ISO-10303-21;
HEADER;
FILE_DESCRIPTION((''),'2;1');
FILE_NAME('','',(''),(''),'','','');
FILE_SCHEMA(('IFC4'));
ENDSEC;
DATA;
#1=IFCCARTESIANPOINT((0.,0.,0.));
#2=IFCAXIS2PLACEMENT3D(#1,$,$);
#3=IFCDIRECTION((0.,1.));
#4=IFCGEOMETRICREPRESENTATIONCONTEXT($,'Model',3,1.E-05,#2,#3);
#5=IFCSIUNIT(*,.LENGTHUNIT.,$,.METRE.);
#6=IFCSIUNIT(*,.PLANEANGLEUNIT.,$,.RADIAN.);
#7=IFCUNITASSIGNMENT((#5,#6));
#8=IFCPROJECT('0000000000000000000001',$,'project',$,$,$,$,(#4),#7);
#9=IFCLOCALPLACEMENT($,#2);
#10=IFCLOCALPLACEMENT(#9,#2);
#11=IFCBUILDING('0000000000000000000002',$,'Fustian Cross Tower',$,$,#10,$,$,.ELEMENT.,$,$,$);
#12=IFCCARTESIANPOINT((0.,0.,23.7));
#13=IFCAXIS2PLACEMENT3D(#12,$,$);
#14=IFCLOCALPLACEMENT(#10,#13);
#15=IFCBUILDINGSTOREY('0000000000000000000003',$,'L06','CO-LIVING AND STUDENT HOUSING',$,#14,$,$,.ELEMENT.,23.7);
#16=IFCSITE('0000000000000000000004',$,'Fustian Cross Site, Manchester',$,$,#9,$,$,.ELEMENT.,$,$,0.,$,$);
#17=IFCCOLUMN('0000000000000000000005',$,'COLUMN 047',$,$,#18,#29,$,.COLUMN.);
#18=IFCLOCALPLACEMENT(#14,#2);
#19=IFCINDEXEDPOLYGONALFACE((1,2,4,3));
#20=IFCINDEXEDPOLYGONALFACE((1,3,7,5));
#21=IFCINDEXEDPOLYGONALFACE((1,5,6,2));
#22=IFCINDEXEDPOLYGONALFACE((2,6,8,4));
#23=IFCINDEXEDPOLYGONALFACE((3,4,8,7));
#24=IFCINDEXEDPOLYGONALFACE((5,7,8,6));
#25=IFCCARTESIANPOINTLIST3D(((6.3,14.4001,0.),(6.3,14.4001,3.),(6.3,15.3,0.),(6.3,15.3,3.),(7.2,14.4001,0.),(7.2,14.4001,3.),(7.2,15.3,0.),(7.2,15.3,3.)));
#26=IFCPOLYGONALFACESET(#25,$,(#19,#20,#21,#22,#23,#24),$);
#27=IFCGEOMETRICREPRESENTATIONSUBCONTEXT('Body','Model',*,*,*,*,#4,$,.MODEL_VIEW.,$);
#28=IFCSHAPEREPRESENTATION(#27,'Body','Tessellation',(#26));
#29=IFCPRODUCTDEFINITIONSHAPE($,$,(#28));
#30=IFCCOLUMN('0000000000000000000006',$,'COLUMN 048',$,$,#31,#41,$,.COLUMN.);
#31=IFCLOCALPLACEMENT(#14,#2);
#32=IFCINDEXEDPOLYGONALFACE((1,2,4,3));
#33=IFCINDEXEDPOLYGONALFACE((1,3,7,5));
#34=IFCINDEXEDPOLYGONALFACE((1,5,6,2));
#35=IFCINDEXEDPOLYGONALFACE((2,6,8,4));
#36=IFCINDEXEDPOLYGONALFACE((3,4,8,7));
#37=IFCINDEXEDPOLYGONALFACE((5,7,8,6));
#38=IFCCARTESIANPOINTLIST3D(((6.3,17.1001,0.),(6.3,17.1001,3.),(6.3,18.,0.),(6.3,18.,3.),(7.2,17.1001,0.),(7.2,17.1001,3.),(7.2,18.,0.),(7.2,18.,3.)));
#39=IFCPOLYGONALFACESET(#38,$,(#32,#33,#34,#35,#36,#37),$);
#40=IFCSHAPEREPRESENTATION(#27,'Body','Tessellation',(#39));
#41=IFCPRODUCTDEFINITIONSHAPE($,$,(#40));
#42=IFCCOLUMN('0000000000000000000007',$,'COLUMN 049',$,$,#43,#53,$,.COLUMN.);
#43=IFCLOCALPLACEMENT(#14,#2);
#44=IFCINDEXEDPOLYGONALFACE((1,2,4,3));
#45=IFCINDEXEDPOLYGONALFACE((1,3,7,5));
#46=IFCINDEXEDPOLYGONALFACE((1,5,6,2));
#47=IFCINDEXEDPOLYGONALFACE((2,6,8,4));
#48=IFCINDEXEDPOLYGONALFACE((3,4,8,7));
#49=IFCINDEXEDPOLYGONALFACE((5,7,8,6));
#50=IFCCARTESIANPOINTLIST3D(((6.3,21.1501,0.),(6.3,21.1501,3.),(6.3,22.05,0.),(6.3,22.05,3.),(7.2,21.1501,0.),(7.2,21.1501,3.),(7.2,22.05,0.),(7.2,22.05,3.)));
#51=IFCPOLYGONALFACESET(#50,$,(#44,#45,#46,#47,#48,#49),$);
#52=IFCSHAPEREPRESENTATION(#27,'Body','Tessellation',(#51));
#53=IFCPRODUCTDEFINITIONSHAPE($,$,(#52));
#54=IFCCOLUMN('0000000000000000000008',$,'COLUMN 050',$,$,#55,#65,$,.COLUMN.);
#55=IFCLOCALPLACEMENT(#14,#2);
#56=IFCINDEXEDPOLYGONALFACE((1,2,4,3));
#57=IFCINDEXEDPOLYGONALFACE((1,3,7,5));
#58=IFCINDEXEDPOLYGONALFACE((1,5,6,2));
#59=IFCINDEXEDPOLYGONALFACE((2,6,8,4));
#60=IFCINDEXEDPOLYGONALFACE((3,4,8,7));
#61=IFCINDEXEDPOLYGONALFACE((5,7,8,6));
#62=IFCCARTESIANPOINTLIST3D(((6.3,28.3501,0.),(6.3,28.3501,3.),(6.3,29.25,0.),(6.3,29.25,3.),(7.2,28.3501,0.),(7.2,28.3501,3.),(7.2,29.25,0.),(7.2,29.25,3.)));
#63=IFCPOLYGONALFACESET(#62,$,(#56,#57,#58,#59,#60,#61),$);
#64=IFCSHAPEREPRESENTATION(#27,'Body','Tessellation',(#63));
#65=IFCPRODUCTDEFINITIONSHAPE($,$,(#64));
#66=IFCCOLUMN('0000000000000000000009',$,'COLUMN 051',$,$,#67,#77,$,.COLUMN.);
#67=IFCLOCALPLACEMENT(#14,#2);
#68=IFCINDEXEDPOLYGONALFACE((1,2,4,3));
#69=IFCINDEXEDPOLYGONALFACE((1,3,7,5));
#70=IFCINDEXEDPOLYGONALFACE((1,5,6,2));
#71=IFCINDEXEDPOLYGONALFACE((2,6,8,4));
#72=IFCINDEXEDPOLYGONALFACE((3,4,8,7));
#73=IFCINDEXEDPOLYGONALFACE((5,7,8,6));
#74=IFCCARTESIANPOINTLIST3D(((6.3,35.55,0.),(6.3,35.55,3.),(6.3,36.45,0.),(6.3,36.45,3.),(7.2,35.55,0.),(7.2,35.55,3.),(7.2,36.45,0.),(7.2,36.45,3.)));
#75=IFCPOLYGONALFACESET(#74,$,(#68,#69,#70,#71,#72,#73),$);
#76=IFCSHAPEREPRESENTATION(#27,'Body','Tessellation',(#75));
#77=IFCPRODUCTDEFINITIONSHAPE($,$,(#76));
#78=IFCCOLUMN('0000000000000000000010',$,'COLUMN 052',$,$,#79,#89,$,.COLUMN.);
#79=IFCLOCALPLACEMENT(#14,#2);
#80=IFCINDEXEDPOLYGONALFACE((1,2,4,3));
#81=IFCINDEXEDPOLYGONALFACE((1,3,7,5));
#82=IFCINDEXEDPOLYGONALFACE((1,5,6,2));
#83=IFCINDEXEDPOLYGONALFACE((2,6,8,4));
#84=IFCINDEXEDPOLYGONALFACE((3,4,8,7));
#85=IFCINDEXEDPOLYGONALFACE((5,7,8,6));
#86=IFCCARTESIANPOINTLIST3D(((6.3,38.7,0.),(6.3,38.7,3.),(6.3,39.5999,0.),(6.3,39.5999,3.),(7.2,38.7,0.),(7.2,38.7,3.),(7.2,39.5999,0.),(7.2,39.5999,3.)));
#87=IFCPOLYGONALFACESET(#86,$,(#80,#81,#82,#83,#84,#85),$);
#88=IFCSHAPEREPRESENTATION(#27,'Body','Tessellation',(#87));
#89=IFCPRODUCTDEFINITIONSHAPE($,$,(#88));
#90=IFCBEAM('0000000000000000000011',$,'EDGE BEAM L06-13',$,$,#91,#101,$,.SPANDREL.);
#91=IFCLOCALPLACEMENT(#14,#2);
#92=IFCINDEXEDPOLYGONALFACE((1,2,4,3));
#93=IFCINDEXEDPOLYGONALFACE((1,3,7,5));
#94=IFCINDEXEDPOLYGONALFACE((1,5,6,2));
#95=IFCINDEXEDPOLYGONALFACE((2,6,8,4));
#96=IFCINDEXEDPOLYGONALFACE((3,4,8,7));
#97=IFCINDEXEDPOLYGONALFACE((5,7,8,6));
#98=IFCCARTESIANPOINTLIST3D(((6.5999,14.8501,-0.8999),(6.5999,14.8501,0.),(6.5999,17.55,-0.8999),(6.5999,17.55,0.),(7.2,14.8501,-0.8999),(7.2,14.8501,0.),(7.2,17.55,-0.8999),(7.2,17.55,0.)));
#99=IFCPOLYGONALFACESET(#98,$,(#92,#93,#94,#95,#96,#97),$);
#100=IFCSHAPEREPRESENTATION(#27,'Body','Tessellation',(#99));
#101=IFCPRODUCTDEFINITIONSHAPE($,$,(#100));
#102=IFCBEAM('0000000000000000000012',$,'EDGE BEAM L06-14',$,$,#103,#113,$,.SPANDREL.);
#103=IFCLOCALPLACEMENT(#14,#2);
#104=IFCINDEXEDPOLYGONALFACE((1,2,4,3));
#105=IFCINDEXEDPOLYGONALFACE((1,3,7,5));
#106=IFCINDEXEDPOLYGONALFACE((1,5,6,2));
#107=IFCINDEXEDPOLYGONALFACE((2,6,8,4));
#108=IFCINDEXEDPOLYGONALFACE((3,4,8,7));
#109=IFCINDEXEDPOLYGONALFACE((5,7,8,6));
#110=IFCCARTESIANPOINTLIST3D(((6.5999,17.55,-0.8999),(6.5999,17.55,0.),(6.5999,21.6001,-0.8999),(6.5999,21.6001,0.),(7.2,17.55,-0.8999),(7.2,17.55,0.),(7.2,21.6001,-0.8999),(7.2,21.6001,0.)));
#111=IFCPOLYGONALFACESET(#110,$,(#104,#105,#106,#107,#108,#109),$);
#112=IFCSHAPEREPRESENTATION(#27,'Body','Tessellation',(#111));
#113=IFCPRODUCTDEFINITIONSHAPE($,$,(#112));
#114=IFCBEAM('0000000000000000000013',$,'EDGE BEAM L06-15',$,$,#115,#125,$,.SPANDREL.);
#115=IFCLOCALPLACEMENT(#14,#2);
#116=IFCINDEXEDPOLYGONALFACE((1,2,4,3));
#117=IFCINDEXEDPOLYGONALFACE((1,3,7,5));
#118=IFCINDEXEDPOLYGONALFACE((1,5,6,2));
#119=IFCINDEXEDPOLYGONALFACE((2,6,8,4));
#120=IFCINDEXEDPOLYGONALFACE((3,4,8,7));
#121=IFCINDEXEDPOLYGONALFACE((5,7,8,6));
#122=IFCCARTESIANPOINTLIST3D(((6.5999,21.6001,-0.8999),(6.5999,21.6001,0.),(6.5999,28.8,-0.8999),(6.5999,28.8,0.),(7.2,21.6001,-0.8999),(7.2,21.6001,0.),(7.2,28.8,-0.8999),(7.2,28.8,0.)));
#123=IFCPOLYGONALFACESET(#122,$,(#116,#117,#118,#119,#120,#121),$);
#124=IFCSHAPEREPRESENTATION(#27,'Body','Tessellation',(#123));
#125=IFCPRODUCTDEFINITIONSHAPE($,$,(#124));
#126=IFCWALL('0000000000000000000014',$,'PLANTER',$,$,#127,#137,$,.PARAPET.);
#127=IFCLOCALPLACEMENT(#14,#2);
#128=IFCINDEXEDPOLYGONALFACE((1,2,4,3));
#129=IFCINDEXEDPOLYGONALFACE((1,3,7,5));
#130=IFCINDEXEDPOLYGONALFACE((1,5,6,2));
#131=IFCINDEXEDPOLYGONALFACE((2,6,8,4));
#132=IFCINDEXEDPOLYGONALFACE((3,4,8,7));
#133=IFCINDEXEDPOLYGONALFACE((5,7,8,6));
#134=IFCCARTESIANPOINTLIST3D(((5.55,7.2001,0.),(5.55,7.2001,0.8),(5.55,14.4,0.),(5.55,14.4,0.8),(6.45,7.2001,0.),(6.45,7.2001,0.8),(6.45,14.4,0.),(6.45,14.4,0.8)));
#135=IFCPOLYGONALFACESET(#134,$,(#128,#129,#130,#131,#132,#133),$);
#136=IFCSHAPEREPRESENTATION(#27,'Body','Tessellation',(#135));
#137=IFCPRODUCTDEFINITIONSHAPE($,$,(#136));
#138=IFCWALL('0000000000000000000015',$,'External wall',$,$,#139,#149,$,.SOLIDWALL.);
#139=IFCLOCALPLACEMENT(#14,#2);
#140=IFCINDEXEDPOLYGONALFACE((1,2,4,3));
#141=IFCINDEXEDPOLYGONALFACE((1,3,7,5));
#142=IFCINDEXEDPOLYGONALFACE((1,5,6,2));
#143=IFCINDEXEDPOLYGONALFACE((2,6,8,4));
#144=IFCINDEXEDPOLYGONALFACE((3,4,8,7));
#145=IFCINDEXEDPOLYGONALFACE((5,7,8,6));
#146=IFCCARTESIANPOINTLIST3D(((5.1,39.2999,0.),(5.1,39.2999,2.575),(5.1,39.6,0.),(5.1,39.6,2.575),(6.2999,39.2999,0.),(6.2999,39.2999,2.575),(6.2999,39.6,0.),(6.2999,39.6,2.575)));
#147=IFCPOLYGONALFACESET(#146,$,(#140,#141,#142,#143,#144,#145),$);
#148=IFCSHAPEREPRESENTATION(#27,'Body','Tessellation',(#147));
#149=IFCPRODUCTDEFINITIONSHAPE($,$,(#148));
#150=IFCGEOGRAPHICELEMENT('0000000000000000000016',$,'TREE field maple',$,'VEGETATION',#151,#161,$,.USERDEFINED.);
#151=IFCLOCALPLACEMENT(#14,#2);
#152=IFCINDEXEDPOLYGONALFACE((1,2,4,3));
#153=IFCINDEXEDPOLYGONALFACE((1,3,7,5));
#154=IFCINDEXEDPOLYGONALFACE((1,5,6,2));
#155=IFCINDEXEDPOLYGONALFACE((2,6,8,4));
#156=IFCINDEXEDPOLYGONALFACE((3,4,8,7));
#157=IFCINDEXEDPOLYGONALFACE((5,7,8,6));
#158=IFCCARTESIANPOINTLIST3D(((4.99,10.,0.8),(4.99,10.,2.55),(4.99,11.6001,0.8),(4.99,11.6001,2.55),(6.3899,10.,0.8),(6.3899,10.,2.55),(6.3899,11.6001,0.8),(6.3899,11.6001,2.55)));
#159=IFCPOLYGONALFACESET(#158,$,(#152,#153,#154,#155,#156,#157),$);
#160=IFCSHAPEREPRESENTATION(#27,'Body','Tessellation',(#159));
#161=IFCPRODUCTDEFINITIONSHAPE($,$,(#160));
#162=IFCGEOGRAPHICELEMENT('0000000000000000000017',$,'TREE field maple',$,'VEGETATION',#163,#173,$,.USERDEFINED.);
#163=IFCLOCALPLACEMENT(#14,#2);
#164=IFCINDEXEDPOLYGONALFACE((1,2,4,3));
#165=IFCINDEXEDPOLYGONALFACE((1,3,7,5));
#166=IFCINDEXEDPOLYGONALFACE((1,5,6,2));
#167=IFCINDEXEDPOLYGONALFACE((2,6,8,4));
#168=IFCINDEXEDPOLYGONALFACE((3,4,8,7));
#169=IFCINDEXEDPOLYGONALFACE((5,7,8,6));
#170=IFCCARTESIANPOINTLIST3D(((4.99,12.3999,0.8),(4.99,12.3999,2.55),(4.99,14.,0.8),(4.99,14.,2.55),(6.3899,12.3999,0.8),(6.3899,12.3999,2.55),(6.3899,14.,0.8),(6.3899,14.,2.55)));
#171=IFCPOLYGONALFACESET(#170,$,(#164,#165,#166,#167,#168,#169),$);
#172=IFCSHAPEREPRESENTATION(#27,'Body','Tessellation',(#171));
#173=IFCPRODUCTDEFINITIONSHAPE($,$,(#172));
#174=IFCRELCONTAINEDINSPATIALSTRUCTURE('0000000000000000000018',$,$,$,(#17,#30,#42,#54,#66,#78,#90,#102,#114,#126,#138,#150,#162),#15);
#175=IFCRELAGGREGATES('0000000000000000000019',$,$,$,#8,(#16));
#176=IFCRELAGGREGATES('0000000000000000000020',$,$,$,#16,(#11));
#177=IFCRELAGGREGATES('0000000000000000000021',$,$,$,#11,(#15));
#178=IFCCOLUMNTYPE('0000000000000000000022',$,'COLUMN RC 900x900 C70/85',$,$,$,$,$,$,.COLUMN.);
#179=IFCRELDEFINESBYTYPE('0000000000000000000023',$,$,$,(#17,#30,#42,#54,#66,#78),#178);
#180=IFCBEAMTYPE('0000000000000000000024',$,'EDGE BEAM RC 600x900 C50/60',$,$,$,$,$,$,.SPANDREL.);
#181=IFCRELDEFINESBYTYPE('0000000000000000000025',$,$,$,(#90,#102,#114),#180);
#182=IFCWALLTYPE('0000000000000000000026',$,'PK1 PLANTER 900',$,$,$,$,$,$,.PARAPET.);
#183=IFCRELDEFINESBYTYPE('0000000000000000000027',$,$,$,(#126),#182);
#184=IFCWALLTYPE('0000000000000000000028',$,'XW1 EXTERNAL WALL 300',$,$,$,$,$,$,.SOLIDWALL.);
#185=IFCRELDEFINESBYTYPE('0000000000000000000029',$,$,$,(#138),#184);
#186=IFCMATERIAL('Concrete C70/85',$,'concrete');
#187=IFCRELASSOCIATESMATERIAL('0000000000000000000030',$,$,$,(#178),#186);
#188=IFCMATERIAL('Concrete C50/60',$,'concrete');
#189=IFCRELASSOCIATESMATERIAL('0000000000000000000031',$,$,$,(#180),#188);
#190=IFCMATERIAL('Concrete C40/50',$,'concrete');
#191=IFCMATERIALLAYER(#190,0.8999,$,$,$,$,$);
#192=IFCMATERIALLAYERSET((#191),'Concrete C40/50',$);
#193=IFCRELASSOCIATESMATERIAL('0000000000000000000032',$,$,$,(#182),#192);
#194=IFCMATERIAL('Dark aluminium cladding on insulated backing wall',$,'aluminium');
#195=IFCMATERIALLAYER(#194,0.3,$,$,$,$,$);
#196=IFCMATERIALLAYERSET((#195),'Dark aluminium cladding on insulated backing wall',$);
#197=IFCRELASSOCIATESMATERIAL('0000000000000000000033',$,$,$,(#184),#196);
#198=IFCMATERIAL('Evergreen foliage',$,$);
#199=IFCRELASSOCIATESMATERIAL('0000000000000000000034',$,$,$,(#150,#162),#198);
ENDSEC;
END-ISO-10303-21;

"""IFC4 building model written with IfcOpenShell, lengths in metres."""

from ifc_helpers import new_model, si_unit, direction, frame, frame_2d, origin, origin_2d, place, context, subcontext, project, spatial, rectangle, extrude, material, layer, layer_set, material_profile, profile_set, type_object, element, save


model = new_model("IFC4")

# Units and contexts
model_context = context("Model", 3, precision=1e-05, world=origin(), true_north=direction((0.0, 1.0)))
body_context = subcontext(model_context, "Body", "Model", "MODEL_VIEW")
ifc_project = project(units=[si_unit("LENGTHUNIT", "METRE"), si_unit("PLANEANGLEUNIT", "RADIAN")], contexts=[model_context])

# Site, building, storey
site_placement = place(None, origin())
site = spatial("IfcSite", under=ifc_project, at=site_placement, Name="Fustian Cross Site, Manchester", CompositionType="ELEMENT", RefElevation=0.0)
building_placement = place(site_placement, origin())
building = spatial("IfcBuilding", under=site, at=building_placement, Name="Fustian Cross Tower", CompositionType="ELEMENT")
storey_placement = place(building_placement, frame((0.0, 0.0, 23.7)))
storey = spatial("IfcBuildingStorey", under=building, at=storey_placement, Name="L06", Description="CO-LIVING AND STUDENT HOUSING", CompositionType="ELEMENT", Elevation=23.7)

# Columns
ifc_material_1 = material(Name="Concrete C70/85", Category="concrete")
ifc_material_profile_1 = material_profile(ifc_material_1, rectangle(XDim=0.8999, YDim=0.8999, at=origin_2d()), Name="RC 900x900")
ifc_profile_set_1 = profile_set([ifc_material_profile_1], Name="Concrete C70/85")
column_type = type_object("IfcColumnType", Name="COLUMN RC 900x900 C70/85", PredefinedType="COLUMN", material=ifc_profile_set_1)
for number, where, z_axis, x_axis, name in (
    (1, (6.75, 14.8501, 0.0), (0.0, 0.0, 1.0), (1.0, 0.0, 0.0), "COLUMN 047"),
    (2, (6.75, 17.55, 0.0), (0.0, 0.0, 1.0), (1.0, 0.0, 0.0), "COLUMN 048"),
    (3, (6.75, 21.6001, 0.0), (0.0, 0.0, 1.0), (1.0, 0.0, 0.0), "COLUMN 049"),
    (4, (6.75, 28.8, 0.0), (0.0, 0.0, 1.0), (1.0, 0.0, 0.0), "COLUMN 050"),
    (5, (6.75, 36.0, 0.0), (0.0, 0.0, 1.0), (1.0, 0.0, 0.0), "COLUMN 051"),
    (6, (6.75, 39.1499, 0.0), (0.0, 0.0, 1.0), (1.0, 0.0, 0.0), "COLUMN 052"),
):
    element("IfcColumn", number, at=place(storey_placement, frame(where, z_axis=z_axis, x_axis=x_axis)), inside=storey, type_object=column_type, Name=name, PredefinedType="COLUMN", context=body_context, shape_type="SweptSolid", body=[
        extrude(rectangle(XDim=0.8999, YDim=0.8999, at=origin_2d()), origin(), (0.0, 0.0, 1.0), 3.0),
    ])

# Beams
ifc_material_2 = material(Name="Concrete C50/60", Category="concrete")
ifc_material_profile_2 = material_profile(ifc_material_2, rectangle(XDim=0.6001, YDim=0.8999, at=origin_2d()), Name="RC 600x900")
ifc_profile_set_2 = profile_set([ifc_material_profile_2], Name="Concrete C50/60")
beam_type = type_object("IfcBeamType", Name="EDGE BEAM RC 600x900 C50/60", PredefinedType="SPANDREL", material=ifc_profile_set_2)
beam_1_placement = place(storey_placement, frame((6.8999, 14.8501, -0.45), z_axis=(0.0, 1.0, 0.0), x_axis=(-1.0, 0.0, 0.0)))
element("IfcBeam", 7, at=beam_1_placement, inside=storey, type_object=beam_type, Name="EDGE BEAM L06-13", PredefinedType="SPANDREL", context=body_context, shape_type="SweptSolid", body=[
    extrude(rectangle(XDim=0.6001, YDim=0.8999, at=origin_2d()), origin(), (0.0, 0.0, 1.0), 2.7),
])
beam_2_placement = place(storey_placement, frame((6.8999, 17.55, -0.45), z_axis=(0.0, 1.0, 0.0), x_axis=(-1.0, 0.0, 0.0)))
element("IfcBeam", 8, at=beam_2_placement, inside=storey, type_object=beam_type, Name="EDGE BEAM L06-14", PredefinedType="SPANDREL", context=body_context, shape_type="SweptSolid", body=[
    extrude(rectangle(XDim=0.6001, YDim=0.8999, at=origin_2d()), origin(), (0.0, 0.0, 1.0), 4.05),
])
beam_3_placement = place(storey_placement, frame((6.8999, 21.6001, -0.45), z_axis=(0.0, 1.0, 0.0), x_axis=(-1.0, 0.0, 0.0)))
element("IfcBeam", 9, at=beam_3_placement, inside=storey, type_object=beam_type, Name="EDGE BEAM L06-15", PredefinedType="SPANDREL", context=body_context, shape_type="SweptSolid", body=[
    extrude(rectangle(XDim=0.6001, YDim=0.8999, at=origin_2d()), origin(), (0.0, 0.0, 1.0), 7.2),
])

# Walls
ifc_material_3 = material(Name="Concrete C40/50", Category="concrete")
ifc_layer_1 = layer(ifc_material_3, 0.8999)
ifc_layer_set_1 = layer_set([ifc_layer_1], Name="Concrete C40/50")
wall_type_1 = type_object("IfcWallType", Name="PK1 PLANTER 900", PredefinedType="PARAPET", material=ifc_layer_set_1)
wall_1_placement = place(storey_placement, frame((6.0, 7.2, 0.0), z_axis=(0.0, 0.0, 1.0), x_axis=(0.0, 1.0, 0.0)))
element("IfcWall", 10, at=wall_1_placement, inside=storey, type_object=wall_type_1, Name="PLANTER", PredefinedType="PARAPET", context=body_context, shape_type="SweptSolid", body=[
    extrude(rectangle(XDim=7.2, YDim=0.8999, at=frame_2d((3.6001, 0.0))), origin(), (0.0, 0.0, 1.0), 0.8),
])
ifc_material_4 = material(Name="Dark aluminium cladding on insulated backing wall", Category="aluminium")
ifc_layer_2 = layer(ifc_material_4, 0.3)
ifc_layer_set_2 = layer_set([ifc_layer_2], Name="Dark aluminium cladding on insulated backing wall")
wall_type_2 = type_object("IfcWallType", Name="XW1 EXTERNAL WALL 300", PredefinedType="SOLIDWALL", material=ifc_layer_set_2)
wall_2_placement = place(storey_placement, frame((6.3, 39.45, 0.0), z_axis=(0.0, 0.0, 1.0), x_axis=(-1.0, 0.0, 0.0)))
element("IfcWall", 11, at=wall_2_placement, inside=storey, type_object=wall_type_2, Name="External wall", PredefinedType="SOLIDWALL", context=body_context, shape_type="SweptSolid", body=[
    extrude(rectangle(XDim=1.2, YDim=0.3, at=frame_2d((0.6001, 0.0))), origin(), (0.0, 0.0, 1.0), 2.575),
])

# Geographic elements
ifc_material_5 = material(Name="Evergreen foliage")
for number, where, z_axis, x_axis, name in (
    (12, (5.6899, 10.8, 0.8), (0.0, 0.0, 1.0), (1.0, 0.0, 0.0), "TREE field maple"),
    (13, (5.6899, 13.2, 0.8), (0.0, 0.0, 1.0), (1.0, 0.0, 0.0), "TREE field maple"),
):
    element("IfcGeographicElement", number, at=place(storey_placement, frame(where, z_axis=z_axis, x_axis=x_axis)), inside=storey, material=ifc_material_5, Name=name, ObjectType="VEGETATION", PredefinedType="USERDEFINED", context=body_context, shape_type="SweptSolid", body=[
        extrude(rectangle(XDim=1.3999, YDim=1.6001, at=origin_2d()), origin(), (0.0, 0.0, 1.0), 1.75),
    ])

save(model, "model.ifc")
